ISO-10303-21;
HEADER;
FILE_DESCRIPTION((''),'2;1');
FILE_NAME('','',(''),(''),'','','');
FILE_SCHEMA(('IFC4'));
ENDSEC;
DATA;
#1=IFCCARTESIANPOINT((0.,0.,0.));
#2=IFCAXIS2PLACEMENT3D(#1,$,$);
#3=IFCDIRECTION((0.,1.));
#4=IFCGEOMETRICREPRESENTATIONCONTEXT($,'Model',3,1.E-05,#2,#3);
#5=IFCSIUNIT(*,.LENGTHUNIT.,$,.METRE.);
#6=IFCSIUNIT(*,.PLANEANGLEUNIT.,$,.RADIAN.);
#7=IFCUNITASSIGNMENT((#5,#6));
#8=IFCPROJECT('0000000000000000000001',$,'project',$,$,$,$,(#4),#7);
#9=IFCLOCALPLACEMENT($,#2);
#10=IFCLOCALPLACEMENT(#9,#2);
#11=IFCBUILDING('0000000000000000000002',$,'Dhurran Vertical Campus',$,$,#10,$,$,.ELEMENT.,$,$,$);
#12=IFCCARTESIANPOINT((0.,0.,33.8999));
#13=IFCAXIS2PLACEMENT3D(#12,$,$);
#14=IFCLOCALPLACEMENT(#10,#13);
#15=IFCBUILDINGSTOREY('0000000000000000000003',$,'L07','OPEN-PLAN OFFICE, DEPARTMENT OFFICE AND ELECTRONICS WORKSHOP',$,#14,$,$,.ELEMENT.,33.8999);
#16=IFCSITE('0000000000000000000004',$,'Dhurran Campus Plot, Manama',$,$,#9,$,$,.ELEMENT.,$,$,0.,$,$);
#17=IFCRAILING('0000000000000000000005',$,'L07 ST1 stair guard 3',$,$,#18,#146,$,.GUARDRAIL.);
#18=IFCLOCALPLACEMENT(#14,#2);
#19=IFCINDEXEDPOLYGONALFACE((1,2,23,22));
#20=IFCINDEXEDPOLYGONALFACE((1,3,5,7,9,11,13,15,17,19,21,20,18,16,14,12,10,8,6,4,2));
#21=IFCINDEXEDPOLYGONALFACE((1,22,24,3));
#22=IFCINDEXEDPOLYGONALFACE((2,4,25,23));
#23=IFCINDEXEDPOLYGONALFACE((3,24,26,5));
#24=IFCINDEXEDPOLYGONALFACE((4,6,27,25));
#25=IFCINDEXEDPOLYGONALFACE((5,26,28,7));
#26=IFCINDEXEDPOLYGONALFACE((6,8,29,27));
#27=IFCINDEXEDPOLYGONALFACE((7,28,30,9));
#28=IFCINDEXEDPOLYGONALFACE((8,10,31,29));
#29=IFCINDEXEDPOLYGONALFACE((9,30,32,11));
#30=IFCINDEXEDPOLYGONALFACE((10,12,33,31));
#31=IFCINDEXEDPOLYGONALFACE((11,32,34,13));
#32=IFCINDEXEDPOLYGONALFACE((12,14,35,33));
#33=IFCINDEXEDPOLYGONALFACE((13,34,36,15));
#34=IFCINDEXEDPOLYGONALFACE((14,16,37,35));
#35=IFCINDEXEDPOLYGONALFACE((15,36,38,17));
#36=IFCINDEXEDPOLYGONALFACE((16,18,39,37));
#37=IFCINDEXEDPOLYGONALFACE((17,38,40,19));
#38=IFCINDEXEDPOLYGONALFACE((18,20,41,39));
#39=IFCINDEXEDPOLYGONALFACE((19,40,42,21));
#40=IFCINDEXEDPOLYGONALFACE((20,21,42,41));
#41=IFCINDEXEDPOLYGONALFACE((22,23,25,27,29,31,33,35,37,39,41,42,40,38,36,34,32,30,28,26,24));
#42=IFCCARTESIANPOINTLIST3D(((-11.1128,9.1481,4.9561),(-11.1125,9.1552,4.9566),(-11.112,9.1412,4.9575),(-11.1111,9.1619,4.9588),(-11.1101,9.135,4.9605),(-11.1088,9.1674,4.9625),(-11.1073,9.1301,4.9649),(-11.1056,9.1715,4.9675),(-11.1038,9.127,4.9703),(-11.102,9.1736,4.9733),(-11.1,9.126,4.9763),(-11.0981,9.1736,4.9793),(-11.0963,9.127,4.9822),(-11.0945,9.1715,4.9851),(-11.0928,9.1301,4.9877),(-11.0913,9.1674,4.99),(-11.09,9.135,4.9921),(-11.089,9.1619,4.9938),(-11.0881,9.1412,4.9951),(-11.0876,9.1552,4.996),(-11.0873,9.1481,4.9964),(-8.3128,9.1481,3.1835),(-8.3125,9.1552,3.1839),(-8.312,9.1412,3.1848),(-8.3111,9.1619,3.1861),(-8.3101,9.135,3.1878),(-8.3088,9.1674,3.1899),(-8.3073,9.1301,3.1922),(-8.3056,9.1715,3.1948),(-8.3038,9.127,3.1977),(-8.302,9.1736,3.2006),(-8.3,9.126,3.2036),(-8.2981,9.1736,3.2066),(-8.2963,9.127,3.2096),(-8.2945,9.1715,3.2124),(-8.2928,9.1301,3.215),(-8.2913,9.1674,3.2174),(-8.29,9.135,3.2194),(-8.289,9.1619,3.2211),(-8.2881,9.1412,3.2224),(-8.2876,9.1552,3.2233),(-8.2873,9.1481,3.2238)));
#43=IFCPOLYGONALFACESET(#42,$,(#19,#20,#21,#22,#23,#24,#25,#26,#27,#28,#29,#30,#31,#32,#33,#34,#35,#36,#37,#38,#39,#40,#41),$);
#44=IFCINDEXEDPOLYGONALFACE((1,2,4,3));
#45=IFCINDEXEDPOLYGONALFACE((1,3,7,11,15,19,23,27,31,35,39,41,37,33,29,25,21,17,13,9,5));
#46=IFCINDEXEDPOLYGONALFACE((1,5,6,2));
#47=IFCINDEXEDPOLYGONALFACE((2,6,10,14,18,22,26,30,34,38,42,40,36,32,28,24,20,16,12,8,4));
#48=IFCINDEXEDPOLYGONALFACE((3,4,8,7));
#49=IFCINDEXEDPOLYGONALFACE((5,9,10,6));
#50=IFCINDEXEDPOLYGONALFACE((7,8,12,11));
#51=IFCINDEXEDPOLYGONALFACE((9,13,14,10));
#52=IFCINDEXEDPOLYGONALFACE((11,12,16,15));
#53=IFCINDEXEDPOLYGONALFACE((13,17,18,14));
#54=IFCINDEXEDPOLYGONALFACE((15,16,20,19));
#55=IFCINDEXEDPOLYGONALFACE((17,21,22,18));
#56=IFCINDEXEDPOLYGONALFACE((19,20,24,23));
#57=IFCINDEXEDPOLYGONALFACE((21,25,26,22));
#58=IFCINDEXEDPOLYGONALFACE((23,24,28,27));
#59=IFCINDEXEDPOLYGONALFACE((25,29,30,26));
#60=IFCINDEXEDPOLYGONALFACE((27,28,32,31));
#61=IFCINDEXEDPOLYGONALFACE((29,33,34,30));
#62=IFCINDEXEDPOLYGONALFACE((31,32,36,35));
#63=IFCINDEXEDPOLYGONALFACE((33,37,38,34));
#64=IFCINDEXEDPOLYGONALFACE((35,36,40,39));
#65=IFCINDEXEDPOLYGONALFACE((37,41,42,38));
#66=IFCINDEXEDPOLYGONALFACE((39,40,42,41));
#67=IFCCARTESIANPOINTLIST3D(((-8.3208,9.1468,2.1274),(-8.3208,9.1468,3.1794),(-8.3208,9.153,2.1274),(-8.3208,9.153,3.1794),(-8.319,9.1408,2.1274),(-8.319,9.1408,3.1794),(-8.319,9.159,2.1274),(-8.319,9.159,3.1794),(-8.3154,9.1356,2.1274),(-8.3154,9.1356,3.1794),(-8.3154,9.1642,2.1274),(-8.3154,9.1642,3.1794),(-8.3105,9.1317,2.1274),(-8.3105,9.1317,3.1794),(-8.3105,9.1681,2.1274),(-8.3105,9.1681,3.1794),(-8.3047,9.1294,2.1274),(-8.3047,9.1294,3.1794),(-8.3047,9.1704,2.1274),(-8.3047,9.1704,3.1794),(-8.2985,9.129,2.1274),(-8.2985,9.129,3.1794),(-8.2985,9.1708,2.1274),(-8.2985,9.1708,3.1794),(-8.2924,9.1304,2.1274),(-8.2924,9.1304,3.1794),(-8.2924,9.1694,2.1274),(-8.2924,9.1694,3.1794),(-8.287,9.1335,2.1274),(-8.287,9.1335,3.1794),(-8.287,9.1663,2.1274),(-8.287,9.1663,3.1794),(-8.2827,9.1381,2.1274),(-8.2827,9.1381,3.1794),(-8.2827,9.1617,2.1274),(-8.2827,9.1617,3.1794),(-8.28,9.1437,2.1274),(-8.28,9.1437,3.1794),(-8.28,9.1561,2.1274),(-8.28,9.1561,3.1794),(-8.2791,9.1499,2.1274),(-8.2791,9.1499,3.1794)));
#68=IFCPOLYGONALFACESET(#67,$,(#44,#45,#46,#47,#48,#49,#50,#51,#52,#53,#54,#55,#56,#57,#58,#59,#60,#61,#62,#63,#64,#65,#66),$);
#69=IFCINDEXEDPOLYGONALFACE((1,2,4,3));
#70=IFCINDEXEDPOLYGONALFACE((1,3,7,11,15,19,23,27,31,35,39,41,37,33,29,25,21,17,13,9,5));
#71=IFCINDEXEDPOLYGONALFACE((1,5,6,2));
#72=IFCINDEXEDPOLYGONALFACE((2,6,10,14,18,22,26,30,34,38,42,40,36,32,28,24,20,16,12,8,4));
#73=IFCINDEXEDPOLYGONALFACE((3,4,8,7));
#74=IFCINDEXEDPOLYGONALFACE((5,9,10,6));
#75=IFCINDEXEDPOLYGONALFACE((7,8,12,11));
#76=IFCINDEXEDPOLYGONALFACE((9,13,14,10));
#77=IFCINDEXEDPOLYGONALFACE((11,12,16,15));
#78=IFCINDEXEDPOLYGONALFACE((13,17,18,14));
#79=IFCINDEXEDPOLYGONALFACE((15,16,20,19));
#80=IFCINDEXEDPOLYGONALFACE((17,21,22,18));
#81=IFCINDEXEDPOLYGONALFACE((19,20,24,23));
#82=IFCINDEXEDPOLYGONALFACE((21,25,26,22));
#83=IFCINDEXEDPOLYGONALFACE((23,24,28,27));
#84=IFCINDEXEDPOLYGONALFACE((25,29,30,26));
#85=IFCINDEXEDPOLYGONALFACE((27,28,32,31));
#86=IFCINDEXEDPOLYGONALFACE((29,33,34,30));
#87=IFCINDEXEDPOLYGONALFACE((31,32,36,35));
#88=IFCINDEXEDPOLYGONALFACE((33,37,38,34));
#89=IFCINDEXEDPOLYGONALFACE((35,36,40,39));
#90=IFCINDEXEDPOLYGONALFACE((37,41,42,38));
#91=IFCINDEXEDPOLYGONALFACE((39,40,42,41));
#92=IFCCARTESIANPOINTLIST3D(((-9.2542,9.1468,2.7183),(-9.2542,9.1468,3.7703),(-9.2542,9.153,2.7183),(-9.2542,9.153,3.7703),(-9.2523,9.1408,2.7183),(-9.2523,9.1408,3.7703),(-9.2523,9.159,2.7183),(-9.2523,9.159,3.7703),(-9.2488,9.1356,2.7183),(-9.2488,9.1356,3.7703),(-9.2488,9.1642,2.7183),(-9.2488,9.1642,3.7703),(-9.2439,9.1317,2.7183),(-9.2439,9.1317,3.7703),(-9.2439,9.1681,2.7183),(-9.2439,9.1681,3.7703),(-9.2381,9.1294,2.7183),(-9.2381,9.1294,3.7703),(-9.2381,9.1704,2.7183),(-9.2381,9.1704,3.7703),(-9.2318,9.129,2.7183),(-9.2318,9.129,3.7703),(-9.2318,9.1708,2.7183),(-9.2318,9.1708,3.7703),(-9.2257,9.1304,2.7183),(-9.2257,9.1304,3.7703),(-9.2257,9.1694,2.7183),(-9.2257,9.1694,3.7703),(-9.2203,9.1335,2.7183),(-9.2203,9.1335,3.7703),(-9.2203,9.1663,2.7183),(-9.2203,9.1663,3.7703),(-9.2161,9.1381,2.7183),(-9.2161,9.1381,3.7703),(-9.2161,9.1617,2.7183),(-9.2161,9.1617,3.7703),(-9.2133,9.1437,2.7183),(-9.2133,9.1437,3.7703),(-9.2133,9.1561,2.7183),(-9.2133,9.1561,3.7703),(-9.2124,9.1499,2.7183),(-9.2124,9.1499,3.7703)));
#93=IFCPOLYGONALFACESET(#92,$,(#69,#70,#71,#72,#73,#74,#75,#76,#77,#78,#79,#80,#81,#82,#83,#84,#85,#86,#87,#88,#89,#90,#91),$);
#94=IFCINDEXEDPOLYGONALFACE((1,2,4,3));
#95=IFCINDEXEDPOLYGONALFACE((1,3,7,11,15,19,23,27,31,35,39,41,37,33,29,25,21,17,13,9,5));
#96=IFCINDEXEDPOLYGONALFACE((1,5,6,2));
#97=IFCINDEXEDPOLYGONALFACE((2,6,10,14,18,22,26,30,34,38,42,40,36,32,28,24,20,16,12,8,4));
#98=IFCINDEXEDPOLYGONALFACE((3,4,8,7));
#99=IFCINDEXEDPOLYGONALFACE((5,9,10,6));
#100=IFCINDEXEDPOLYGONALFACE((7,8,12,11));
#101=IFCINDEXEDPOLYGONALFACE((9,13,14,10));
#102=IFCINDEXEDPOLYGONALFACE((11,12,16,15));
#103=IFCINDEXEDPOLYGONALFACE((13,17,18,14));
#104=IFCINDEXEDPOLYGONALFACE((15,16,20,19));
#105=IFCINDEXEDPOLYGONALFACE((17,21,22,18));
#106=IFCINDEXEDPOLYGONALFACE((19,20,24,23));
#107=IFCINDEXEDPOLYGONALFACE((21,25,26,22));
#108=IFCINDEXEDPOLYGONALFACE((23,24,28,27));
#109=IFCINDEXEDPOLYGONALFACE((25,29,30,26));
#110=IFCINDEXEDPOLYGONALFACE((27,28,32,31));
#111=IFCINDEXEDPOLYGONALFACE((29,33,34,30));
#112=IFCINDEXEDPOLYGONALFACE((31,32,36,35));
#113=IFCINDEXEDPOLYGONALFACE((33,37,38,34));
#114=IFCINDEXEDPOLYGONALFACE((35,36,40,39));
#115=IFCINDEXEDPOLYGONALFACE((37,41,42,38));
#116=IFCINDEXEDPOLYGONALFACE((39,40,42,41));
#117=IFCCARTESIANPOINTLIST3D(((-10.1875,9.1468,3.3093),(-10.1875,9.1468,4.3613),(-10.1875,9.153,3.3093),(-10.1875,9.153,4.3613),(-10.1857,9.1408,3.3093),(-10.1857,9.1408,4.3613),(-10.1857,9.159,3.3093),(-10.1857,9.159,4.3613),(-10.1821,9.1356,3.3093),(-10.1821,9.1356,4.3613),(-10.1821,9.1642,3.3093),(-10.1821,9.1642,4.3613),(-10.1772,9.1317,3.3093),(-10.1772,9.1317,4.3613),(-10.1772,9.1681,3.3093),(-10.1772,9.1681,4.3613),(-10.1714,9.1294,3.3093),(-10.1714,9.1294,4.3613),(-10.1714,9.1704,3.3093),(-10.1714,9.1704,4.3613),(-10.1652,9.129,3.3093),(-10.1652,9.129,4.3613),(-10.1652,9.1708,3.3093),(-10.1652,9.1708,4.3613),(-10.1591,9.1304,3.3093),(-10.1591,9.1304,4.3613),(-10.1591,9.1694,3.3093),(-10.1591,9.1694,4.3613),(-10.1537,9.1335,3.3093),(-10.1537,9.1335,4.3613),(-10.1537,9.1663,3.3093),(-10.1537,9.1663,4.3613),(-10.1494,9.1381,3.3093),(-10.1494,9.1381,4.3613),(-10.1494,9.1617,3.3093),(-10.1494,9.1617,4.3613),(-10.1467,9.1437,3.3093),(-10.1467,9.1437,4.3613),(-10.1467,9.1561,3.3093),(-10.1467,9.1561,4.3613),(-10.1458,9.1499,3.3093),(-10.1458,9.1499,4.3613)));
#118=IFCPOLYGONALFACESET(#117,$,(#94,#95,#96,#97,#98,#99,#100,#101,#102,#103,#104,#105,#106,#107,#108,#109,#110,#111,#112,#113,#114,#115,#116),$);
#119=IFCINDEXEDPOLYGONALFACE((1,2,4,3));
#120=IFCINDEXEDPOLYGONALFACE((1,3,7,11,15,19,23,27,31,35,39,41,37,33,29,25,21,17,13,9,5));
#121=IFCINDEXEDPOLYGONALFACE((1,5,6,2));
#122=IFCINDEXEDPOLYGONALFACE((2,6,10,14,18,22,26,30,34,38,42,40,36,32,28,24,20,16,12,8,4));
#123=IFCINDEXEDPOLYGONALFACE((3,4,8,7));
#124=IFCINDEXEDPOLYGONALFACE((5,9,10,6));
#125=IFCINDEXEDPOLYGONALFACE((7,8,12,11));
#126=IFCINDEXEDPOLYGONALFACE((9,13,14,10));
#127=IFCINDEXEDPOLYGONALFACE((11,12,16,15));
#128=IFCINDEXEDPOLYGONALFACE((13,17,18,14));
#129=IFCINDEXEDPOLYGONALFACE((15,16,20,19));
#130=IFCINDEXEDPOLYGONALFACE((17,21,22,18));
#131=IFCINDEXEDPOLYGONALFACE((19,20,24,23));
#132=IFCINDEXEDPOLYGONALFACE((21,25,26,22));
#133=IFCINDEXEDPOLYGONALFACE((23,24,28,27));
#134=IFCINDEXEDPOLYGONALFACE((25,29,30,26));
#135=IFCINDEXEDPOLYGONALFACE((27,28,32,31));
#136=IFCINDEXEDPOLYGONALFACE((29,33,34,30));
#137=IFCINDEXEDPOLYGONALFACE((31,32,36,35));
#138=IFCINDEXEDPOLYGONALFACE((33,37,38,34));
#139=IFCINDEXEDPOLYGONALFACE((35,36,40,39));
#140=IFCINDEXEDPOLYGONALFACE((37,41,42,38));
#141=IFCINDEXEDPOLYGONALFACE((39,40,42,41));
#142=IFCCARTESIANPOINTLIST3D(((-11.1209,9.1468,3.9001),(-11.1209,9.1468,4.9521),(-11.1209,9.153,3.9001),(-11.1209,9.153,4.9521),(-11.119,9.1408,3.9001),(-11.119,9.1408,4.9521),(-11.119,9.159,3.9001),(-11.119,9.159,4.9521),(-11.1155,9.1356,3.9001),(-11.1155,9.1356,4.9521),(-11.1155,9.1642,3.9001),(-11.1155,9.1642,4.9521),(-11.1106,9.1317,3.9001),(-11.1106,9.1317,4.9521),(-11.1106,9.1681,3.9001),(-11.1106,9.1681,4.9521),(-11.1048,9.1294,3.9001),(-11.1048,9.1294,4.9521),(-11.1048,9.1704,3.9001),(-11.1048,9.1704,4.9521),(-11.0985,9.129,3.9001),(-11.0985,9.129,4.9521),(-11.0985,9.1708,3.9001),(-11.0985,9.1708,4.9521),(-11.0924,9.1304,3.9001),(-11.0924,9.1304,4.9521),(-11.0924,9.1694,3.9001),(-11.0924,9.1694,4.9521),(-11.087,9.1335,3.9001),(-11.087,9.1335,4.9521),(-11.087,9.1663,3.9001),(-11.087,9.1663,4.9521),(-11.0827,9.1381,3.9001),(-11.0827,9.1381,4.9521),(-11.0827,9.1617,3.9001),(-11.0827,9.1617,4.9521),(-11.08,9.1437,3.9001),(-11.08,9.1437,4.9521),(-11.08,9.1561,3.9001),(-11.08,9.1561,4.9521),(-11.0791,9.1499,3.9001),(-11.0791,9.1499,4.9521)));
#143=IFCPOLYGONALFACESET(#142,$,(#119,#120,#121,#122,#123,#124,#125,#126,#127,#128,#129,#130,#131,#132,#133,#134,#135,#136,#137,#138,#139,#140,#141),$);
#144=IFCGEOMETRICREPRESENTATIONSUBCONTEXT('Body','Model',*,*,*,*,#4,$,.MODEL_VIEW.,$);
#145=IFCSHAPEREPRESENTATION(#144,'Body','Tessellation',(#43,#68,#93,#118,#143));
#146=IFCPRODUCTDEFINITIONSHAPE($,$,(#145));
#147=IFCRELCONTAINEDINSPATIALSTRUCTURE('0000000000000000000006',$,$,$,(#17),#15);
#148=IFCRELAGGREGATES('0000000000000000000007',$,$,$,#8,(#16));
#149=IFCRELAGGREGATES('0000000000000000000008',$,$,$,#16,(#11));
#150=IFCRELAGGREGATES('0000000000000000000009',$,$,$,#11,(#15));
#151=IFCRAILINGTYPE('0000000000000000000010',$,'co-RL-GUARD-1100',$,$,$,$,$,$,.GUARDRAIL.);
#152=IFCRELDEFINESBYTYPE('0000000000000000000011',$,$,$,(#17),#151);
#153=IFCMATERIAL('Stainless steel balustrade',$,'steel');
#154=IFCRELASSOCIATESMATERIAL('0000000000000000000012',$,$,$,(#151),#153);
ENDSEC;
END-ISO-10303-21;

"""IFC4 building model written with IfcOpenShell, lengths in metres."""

from ifc_helpers import new_model, si_unit, direction, frame, origin, origin_2d, place, context, subcontext, project, spatial, circle, extrude, material, type_object, element, save


model = new_model("IFC4")

# Units and contexts
model_context = context("Model", 3, precision=1e-05, world=origin(), true_north=direction((0.0, 1.0)))
body_context = subcontext(model_context, "Body", "Model", "MODEL_VIEW")
ifc_project = project(units=[si_unit("LENGTHUNIT", "METRE"), si_unit("PLANEANGLEUNIT", "RADIAN")], contexts=[model_context])

# Site, building, storey
site_placement = place(None, origin())
site = spatial("IfcSite", under=ifc_project, at=site_placement, Name="Dhurran Campus Plot, Manama", CompositionType="ELEMENT", RefElevation=0.0)
building_placement = place(site_placement, origin())
building = spatial("IfcBuilding", under=site, at=building_placement, Name="Dhurran Vertical Campus", CompositionType="ELEMENT")
storey_placement = place(building_placement, frame((0.0, 0.0, 33.8999)))
storey = spatial("IfcBuildingStorey", under=building, at=storey_placement, Name="L07", Description="OPEN-PLAN OFFICE, DEPARTMENT OFFICE AND ELECTRONICS WORKSHOP", CompositionType="ELEMENT", Elevation=33.8999)

# Railing
ifc_material_1 = material(Name="Stainless steel balustrade", Category="steel")
railing_type_1 = type_object("IfcRailingType", Name="co-RL-GUARD-1100", PredefinedType="GUARDRAIL", material=ifc_material_1)
railing_1_placement = place(storey_placement, frame((-8.3, 9.1499, 2.1274)))
element("IfcRailing", 1, at=railing_1_placement, inside=storey, type_object=railing_type_1, Name="L07 ST1 stair guard 3", PredefinedType="GUARDRAIL", context=body_context, shape_type="SweptSolid", body=[
    extrude(circle(Radius=0.0239, at=origin_2d()), frame((0.0, 0.0, 1.0762), z_axis=(-0.844909, 0.0, 0.53491), x_axis=(0.0, -1.0, 0.0)), (0.0, 0.0, 1.0), 3.314),
    extrude(circle(Radius=0.021, at=origin_2d()), origin(), (0.0, 0.0, 1.0), 1.052),
    extrude(circle(Radius=0.021, at=origin_2d()), frame((-0.9333, 0.0, 0.5908)), (0.0, 0.0, 1.0), 1.052),
    extrude(circle(Radius=0.021, at=origin_2d()), frame((-1.8667, 0.0, 1.1819)), (0.0, 0.0, 1.0), 1.052),
    extrude(circle(Radius=0.021, at=origin_2d()), frame((-2.8, 0.0, 1.7727)), (0.0, 0.0, 1.0), 1.052),
])

save(model, "model.ifc")
